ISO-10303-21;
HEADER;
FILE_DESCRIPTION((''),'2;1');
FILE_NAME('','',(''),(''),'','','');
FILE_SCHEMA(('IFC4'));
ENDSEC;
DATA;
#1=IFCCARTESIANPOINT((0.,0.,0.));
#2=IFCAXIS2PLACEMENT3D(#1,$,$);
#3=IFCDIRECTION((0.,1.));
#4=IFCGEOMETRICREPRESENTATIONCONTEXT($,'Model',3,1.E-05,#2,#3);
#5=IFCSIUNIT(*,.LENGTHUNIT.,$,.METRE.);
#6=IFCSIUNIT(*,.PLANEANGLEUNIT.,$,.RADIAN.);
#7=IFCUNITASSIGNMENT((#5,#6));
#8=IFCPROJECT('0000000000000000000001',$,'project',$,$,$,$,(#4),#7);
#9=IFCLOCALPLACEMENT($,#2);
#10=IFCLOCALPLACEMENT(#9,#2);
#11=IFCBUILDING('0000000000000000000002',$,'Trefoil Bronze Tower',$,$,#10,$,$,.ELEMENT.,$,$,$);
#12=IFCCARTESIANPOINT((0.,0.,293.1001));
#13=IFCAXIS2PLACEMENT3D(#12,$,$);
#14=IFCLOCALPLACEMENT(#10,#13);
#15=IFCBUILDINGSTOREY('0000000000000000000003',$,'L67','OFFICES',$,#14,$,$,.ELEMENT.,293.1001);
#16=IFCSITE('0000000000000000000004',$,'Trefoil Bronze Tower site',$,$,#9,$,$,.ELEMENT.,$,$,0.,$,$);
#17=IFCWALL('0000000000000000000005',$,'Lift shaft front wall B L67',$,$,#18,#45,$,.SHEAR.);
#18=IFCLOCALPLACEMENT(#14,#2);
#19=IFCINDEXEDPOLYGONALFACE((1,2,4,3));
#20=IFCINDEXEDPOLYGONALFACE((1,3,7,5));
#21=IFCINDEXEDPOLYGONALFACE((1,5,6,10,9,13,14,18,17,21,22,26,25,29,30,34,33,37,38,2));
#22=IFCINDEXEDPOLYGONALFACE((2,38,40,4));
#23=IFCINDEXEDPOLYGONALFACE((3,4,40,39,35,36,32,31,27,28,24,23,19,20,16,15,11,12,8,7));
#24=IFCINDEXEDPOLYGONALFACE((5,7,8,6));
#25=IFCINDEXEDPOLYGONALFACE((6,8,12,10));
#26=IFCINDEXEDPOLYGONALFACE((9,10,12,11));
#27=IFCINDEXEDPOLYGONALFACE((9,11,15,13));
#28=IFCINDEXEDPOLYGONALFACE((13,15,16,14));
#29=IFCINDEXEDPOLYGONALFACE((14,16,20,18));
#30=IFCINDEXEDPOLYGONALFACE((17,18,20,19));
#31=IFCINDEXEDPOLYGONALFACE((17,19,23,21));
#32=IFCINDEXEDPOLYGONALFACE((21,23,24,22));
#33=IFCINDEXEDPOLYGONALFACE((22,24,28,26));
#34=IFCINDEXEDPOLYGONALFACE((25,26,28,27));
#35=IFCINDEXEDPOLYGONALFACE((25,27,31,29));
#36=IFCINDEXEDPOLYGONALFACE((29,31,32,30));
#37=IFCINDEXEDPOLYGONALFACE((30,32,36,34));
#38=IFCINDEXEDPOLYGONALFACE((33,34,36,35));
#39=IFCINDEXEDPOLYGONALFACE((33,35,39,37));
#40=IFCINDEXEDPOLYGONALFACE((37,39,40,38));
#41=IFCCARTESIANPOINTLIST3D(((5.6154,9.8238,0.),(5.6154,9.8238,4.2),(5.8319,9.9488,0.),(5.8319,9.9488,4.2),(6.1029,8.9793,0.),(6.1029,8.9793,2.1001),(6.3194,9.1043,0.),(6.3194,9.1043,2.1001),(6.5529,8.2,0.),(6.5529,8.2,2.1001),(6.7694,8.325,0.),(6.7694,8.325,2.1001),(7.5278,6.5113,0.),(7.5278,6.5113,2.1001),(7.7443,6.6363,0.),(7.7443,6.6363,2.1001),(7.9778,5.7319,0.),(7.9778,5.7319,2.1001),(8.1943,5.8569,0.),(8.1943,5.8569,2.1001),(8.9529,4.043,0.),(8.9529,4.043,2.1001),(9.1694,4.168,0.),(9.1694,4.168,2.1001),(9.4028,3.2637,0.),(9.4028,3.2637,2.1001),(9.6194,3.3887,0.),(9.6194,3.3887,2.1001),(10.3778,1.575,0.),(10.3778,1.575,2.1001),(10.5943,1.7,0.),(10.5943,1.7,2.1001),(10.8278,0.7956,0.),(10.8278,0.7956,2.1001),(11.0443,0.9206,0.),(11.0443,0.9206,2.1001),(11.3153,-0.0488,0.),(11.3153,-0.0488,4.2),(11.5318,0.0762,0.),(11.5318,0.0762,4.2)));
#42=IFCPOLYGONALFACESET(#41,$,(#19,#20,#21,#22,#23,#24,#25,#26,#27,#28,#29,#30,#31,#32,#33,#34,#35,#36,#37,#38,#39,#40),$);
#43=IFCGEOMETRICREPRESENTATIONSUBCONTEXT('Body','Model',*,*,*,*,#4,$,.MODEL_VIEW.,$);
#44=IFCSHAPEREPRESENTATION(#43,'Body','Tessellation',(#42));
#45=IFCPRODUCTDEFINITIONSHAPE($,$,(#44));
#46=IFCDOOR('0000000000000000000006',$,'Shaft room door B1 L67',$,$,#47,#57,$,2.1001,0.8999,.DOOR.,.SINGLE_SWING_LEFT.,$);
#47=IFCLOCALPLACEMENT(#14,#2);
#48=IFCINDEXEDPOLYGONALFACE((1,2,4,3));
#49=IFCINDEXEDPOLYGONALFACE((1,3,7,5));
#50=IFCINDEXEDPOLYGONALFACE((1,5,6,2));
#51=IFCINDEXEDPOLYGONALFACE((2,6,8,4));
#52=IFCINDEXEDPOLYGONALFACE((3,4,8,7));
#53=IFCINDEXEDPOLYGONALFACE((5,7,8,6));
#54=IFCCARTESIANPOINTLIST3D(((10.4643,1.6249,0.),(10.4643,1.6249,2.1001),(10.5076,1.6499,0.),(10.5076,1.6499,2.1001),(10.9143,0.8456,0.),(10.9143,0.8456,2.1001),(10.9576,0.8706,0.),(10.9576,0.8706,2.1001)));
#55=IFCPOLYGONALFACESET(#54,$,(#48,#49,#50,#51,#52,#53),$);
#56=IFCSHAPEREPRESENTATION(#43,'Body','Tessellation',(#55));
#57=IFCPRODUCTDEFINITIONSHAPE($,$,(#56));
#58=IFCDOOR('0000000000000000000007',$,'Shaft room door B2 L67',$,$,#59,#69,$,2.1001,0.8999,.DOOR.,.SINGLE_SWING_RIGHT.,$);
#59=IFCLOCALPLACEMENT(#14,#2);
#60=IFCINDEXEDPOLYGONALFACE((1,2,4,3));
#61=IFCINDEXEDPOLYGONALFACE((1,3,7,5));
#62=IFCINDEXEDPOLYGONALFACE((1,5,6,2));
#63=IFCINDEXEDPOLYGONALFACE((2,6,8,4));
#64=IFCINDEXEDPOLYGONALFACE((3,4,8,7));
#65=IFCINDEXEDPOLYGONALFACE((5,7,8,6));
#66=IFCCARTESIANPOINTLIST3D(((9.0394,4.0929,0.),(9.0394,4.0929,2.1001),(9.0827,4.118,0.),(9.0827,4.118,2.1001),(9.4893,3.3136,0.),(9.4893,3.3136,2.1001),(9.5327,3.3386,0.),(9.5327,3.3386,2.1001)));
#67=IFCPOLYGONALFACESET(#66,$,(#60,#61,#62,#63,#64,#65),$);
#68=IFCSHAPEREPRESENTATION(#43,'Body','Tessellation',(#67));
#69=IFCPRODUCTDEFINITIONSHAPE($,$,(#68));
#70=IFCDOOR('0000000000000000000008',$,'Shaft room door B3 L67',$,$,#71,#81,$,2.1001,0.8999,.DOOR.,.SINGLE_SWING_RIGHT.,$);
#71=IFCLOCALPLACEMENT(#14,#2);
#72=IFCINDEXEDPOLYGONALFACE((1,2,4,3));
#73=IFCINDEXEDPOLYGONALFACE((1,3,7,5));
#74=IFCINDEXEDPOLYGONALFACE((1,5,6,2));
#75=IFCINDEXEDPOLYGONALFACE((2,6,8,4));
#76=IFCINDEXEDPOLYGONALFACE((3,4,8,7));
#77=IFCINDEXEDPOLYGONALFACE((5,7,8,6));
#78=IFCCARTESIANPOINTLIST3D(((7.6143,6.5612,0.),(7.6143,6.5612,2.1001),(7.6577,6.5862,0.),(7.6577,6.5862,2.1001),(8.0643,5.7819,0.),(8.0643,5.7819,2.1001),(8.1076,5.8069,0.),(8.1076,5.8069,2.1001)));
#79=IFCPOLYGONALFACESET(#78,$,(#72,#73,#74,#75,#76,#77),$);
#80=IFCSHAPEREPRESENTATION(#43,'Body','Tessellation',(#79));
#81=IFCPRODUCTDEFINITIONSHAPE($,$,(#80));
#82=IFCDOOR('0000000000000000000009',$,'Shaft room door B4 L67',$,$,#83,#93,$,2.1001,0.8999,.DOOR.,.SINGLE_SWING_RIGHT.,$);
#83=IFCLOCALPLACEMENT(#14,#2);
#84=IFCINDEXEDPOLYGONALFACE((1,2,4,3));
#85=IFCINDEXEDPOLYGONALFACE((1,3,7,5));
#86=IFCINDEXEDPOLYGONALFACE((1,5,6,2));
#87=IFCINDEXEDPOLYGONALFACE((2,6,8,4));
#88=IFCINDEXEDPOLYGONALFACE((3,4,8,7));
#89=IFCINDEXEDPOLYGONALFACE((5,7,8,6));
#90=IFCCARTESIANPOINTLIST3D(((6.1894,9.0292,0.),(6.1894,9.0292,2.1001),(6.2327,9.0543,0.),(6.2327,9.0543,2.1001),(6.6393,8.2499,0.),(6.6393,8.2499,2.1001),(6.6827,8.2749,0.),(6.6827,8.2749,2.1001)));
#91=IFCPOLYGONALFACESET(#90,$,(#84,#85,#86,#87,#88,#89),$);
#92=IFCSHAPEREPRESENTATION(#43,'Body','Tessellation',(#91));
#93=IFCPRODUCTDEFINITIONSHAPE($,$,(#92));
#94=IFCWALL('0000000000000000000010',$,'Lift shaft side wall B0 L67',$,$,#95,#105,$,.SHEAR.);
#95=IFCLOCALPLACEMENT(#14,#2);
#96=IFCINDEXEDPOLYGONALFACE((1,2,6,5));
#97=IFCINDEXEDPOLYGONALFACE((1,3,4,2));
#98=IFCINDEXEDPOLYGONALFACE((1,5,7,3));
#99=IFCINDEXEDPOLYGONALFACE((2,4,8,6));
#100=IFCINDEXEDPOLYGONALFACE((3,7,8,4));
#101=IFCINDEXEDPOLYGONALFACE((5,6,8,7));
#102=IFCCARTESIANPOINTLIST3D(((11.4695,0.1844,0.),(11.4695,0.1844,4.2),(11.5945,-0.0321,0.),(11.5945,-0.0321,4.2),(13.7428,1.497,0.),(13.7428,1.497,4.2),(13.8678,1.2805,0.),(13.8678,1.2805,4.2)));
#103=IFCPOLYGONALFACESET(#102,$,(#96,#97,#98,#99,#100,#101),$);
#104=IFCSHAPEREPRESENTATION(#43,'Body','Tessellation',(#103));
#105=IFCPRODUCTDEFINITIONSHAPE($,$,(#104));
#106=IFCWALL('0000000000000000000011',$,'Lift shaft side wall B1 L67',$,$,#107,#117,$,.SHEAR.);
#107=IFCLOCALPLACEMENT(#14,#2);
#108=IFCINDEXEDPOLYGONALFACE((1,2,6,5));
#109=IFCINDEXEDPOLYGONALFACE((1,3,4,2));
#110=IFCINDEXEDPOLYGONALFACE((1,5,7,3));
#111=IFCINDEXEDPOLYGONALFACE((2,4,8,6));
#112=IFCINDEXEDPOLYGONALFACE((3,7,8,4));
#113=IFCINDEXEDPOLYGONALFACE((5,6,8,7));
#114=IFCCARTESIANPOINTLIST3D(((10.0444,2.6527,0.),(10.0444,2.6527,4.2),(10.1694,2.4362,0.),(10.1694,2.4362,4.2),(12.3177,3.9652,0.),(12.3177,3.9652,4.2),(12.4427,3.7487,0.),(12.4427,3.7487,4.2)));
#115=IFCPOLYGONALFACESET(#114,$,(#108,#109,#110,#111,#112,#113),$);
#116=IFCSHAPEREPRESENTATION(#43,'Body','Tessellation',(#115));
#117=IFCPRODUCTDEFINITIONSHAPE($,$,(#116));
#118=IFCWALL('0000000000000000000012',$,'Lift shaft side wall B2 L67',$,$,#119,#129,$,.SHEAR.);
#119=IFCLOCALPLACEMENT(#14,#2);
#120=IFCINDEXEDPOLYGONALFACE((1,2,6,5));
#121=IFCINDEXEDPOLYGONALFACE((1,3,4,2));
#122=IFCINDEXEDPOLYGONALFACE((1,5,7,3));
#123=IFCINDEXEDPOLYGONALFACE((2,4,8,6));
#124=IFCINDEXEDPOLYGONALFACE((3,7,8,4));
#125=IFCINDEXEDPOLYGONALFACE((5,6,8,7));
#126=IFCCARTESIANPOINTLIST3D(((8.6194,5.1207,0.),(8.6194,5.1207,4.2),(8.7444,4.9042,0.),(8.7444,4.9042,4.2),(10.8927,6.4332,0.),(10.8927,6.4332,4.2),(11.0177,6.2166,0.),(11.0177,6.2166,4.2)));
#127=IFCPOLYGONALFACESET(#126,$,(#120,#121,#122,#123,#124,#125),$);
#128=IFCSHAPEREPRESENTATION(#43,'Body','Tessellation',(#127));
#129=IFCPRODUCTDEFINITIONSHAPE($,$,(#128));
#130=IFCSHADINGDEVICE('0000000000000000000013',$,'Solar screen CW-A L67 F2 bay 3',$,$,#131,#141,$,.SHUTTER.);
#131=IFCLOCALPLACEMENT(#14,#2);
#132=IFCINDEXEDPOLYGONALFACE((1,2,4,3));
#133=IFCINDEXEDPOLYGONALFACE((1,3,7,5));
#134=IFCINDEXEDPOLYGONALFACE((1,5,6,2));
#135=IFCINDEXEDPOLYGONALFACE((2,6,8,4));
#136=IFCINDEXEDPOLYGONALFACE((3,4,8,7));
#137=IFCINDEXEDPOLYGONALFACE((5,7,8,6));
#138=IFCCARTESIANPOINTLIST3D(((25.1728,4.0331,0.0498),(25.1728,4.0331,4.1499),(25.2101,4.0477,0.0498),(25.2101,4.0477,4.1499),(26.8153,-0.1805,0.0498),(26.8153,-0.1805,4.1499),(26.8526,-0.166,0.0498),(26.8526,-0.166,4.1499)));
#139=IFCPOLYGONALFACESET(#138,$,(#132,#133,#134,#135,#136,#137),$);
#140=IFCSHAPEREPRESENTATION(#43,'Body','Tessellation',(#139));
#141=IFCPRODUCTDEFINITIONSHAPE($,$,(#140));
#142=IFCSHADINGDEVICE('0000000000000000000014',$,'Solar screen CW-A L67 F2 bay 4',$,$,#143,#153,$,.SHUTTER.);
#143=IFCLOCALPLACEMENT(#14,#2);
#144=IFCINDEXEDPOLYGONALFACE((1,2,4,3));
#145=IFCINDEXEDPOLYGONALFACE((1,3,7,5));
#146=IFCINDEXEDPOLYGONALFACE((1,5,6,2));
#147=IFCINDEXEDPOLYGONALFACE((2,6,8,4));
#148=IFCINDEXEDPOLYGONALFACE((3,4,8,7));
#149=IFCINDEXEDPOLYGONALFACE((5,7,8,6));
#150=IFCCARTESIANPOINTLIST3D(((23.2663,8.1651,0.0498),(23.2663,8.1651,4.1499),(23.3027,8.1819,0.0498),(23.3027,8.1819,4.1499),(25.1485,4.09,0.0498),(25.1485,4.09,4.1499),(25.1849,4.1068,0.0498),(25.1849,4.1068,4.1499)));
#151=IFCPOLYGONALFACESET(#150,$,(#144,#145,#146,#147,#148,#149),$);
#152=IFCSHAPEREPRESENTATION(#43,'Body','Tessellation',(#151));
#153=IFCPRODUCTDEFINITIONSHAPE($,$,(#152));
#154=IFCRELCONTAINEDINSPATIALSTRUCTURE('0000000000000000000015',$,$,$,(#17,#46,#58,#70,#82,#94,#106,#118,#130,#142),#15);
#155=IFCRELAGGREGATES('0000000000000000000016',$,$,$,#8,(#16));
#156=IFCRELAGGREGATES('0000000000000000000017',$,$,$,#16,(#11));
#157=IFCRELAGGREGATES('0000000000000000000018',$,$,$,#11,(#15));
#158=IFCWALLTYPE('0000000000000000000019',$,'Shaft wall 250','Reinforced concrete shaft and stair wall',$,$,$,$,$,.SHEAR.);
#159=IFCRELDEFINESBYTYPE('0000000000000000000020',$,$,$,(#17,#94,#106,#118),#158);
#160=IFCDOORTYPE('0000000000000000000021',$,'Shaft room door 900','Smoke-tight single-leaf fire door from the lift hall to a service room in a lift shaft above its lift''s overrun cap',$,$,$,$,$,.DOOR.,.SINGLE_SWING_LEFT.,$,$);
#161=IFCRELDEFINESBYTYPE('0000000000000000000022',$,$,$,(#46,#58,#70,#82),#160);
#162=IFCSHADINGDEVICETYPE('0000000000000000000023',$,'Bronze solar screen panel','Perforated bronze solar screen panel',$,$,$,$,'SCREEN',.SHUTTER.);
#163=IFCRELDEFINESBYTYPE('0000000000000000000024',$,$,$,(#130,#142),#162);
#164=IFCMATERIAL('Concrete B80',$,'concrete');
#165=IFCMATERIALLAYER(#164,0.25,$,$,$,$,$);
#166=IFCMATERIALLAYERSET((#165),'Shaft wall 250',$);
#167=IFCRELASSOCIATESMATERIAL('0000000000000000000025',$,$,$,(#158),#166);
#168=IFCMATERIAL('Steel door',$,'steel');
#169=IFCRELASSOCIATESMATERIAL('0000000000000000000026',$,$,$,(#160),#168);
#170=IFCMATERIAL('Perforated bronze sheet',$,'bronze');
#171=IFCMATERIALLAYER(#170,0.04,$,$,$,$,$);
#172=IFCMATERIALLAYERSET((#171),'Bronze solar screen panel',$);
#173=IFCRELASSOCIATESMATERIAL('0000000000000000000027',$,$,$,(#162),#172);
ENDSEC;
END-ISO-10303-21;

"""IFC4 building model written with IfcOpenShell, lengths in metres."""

from ifc_helpers import new_model, si_unit, direction, frame, frame_2d, origin, origin_2d, place, context, subcontext, project, spatial, rectangle, extrude, material, layer, layer_set, type_object, element, fill, save


model = new_model("IFC4")

# Units and contexts
model_context = context("Model", 3, precision=1e-05, world=origin(), true_north=direction((0.0, 1.0)))
body_context = subcontext(model_context, "Body", "Model", "MODEL_VIEW")
ifc_project = project(units=[si_unit("LENGTHUNIT", "METRE"), si_unit("PLANEANGLEUNIT", "RADIAN")], contexts=[model_context])

# Site, building, storey
site_placement = place(None, origin())
site = spatial("IfcSite", under=ifc_project, at=site_placement, Name="Trefoil Bronze Tower site", CompositionType="ELEMENT", RefElevation=0.0)
building_placement = place(site_placement, origin())
building = spatial("IfcBuilding", under=site, at=building_placement, Name="Trefoil Bronze Tower", CompositionType="ELEMENT")
storey_placement = place(building_placement, frame((0.0, 0.0, 293.1001)))
storey = spatial("IfcBuildingStorey", under=building, at=storey_placement, Name="L67", Description="OFFICES", CompositionType="ELEMENT", Elevation=293.1001)

# Wall, openings, doors
ifc_material_1 = material(Name="Concrete B80", Category="concrete")
ifc_layer_1 = layer(ifc_material_1, 0.25)
ifc_layer_set_1 = layer_set([ifc_layer_1], Name="Shaft wall 250")
wall_type_1 = type_object("IfcWallType", Name="Shaft wall 250", Description="Reinforced concrete shaft and stair wall", PredefinedType="SHEAR", material=ifc_layer_set_1)
wall_1_placement = place(storey_placement, frame((11.4236, 0.0137, 0.0), z_axis=(0.0, 0.0, 1.0), x_axis=(-0.500002, 0.866024, 0.0)))
wall_1 = element("IfcWall", 1, at=wall_1_placement, inside=storey, type_object=wall_type_1, Name="Lift shaft front wall B L67", PredefinedType="SHEAR", context=body_context, shape_type="SweptSolid", body=[
    extrude(rectangle(XDim=11.3999, YDim=0.25, at=frame_2d((5.7, 0.0))), origin(), (0.0, 0.0, 1.0), 4.2),
])
opening_1_placement = place(wall_1_placement, frame((0.9751, 0.0, 0.0)))
opening_1 = element("IfcOpeningElement", 2, at=opening_1_placement, cuts=wall_1, PredefinedType="OPENING", context=body_context, shape_type="SweptSolid", body=[
    extrude(rectangle(XDim=0.8999, YDim=2.1001, at=frame_2d((0.45, 1.05))), frame((0.0, 0.135, 0.0), z_axis=(0.0, -1.0, 0.0), x_axis=(1.0, 0.0, 0.0)), (0.0, 0.0, 1.0), 0.27),
])
opening_2_placement = place(wall_1_placement, frame((3.825, 0.0, 0.0)))
opening_2 = element("IfcOpeningElement", 3, at=opening_2_placement, cuts=wall_1, PredefinedType="OPENING", context=body_context, shape_type="SweptSolid", body=[
    extrude(rectangle(XDim=0.8999, YDim=2.1001, at=frame_2d((0.45, 1.05))), frame((0.0, 0.135, 0.0), z_axis=(0.0, -1.0, 0.0), x_axis=(1.0, 0.0, 0.0)), (0.0, 0.0, 1.0), 0.27),
])
opening_3_placement = place(wall_1_placement, frame((6.675, 0.0, 0.0)))
opening_3 = element("IfcOpeningElement", 4, at=opening_3_placement, cuts=wall_1, PredefinedType="OPENING", context=body_context, shape_type="SweptSolid", body=[
    extrude(rectangle(XDim=0.8999, YDim=2.1001, at=frame_2d((0.45, 1.05))), frame((0.0, 0.135, 0.0), z_axis=(0.0, -1.0, 0.0), x_axis=(1.0, 0.0, 0.0)), (0.0, 0.0, 1.0), 0.27),
])
opening_4_placement = place(wall_1_placement, frame((9.5249, 0.0, 0.0)))
opening_4 = element("IfcOpeningElement", 5, at=opening_4_placement, cuts=wall_1, PredefinedType="OPENING", context=body_context, shape_type="SweptSolid", body=[
    extrude(rectangle(XDim=0.8999, YDim=2.1001, at=frame_2d((0.45, 1.05))), frame((0.0, 0.135, 0.0), z_axis=(0.0, -1.0, 0.0), x_axis=(1.0, 0.0, 0.0)), (0.0, 0.0, 1.0), 0.27),
])
ifc_material_2 = material(Name="Steel door", Category="steel")
door_type_1 = type_object("IfcDoorType", Name="Shaft room door 900", Description="Smoke-tight single-leaf fire door from the lift hall to a service room in a lift shaft above its lift's overrun cap", OperationType="SINGLE_SWING_LEFT", PredefinedType="DOOR", material=ifc_material_2)
door_1_placement = place(opening_1_placement, frame((0.8999, 0.0, 0.0), z_axis=(0.0, 0.0, 1.0), x_axis=(-1.0, 0.0, 0.0)))
door_1 = element("IfcDoor", 6, at=door_1_placement, inside=storey, type_object=door_type_1, Name="Shaft room door B1 L67", OperationType="SINGLE_SWING_LEFT", OverallHeight=2.1001, OverallWidth=0.8999, PredefinedType="DOOR", context=body_context, shape_type="SweptSolid", body=[
    extrude(rectangle(XDim=0.8999, YDim=2.1001, at=frame_2d((0.45, 1.05))), frame((0.0, 0.0249, 0.0), z_axis=(0.0, -1.0, 0.0), x_axis=(1.0, 0.0, 0.0)), (0.0, 0.0, 1.0), 0.05),
])
fill(opening_1, door_1)
door_2_placement = place(opening_2_placement, frame((0.8999, 0.0, 0.0), z_axis=(0.0, 0.0, 1.0), x_axis=(-1.0, 0.0, 0.0)))
door_2 = element("IfcDoor", 7, at=door_2_placement, inside=storey, type_object=door_type_1, Name="Shaft room door B2 L67", OperationType="SINGLE_SWING_RIGHT", OverallHeight=2.1001, OverallWidth=0.8999, PredefinedType="DOOR", context=body_context, shape_type="SweptSolid", body=[
    extrude(rectangle(XDim=0.8999, YDim=2.1001, at=frame_2d((0.45, 1.05))), frame((0.0, 0.0249, 0.0), z_axis=(0.0, -1.0, 0.0), x_axis=(1.0, 0.0, 0.0)), (0.0, 0.0, 1.0), 0.05),
])
fill(opening_2, door_2)
door_3_placement = place(opening_3_placement, frame((0.8999, 0.0, 0.0), z_axis=(0.0, 0.0, 1.0), x_axis=(-1.0, 0.0, 0.0)))
door_3 = element("IfcDoor", 8, at=door_3_placement, inside=storey, type_object=door_type_1, Name="Shaft room door B3 L67", OperationType="SINGLE_SWING_RIGHT", OverallHeight=2.1001, OverallWidth=0.8999, PredefinedType="DOOR", context=body_context, shape_type="SweptSolid", body=[
    extrude(rectangle(XDim=0.8999, YDim=2.1001, at=frame_2d((0.45, 1.05))), frame((0.0, 0.0249, 0.0), z_axis=(0.0, -1.0, 0.0), x_axis=(1.0, 0.0, 0.0)), (0.0, 0.0, 1.0), 0.05),
])
fill(opening_3, door_3)
door_4_placement = place(opening_4_placement, frame((0.8999, 0.0, 0.0), z_axis=(0.0, 0.0, 1.0), x_axis=(-1.0, 0.0, 0.0)))
door_4 = element("IfcDoor", 9, at=door_4_placement, inside=storey, type_object=door_type_1, Name="Shaft room door B4 L67", OperationType="SINGLE_SWING_RIGHT", OverallHeight=2.1001, OverallWidth=0.8999, PredefinedType="DOOR", context=body_context, shape_type="SweptSolid", body=[
    extrude(rectangle(XDim=0.8999, YDim=2.1001, at=frame_2d((0.45, 1.05))), frame((0.0, 0.0249, 0.0), z_axis=(0.0, -1.0, 0.0), x_axis=(1.0, 0.0, 0.0)), (0.0, 0.0, 1.0), 0.05),
])
fill(opening_4, door_4)

# Walls
for number, where, z_axis, x_axis, name in (
    (10, (11.532, 0.0762, 0.0), (0.0, 0.0, 1.0), (0.866014, 0.50002, 0.0), "Lift shaft side wall B0 L67"),
    (11, (10.1069, 2.5444, 0.0), (0.0, 0.0, 1.0), (0.866014, 0.50002, 0.0), "Lift shaft side wall B1 L67"),
    (12, (8.6819, 5.0125, 0.0), (0.0, 0.0, 1.0), (0.866037, 0.49998, 0.0), "Lift shaft side wall B2 L67"),
):
    element("IfcWall", number, at=place(storey_placement, frame(where, z_axis=z_axis, x_axis=x_axis)), inside=storey, type_object=wall_type_1, Name=name, PredefinedType="SHEAR", context=body_context, shape_type="SweptSolid", body=[
        extrude(rectangle(XDim=2.625, YDim=0.25, at=frame_2d((1.3125, 0.0))), origin(), (0.0, 0.0, 1.0), 4.2),
    ])

# Shading devices
ifc_material_3 = material(Name="Perforated bronze sheet", Category="bronze")
ifc_layer_2 = layer(ifc_material_3, 0.04)
ifc_layer_set_2 = layer_set([ifc_layer_2], Name="Bronze solar screen panel")
shading_device_type = type_object("IfcShadingDeviceType", Name="Bronze solar screen panel", Description="Perforated bronze solar screen panel", ElementType="SCREEN", PredefinedType="SHUTTER", material=ifc_layer_set_2)
shading_device_1_placement = place(storey_placement, frame((26.0127, 1.9336, 0.0498), z_axis=(0.0, 0.0, 1.0), x_axis=(-0.363199, 0.931712, 0.0)))
element("IfcShadingDevice", 13, at=shading_device_1_placement, inside=storey, type_object=shading_device_type, Name="Solar screen CW-A L67 F2 bay 3", PredefinedType="SHUTTER", context=body_context, shape_type="SweptSolid", body=[
    extrude(rectangle(XDim=4.5225, YDim=0.04, at=origin_2d()), origin(), (0.0, 0.0, 1.0), 4.1001),
])
shading_device_2_placement = place(storey_placement, frame((24.2256, 6.136, 0.0498), z_axis=(0.0, 0.0, 1.0), x_axis=(-0.419309, 0.907844, 0.0)))
element("IfcShadingDevice", 14, at=shading_device_2_placement, inside=storey, type_object=shading_device_type, Name="Solar screen CW-A L67 F2 bay 4", PredefinedType="SHUTTER", context=body_context, shape_type="SweptSolid", body=[
    extrude(rectangle(XDim=4.4888, YDim=0.04, at=origin_2d()), origin(), (0.0, 0.0, 1.0), 4.1001),
])

save(model, "model.ifc")
